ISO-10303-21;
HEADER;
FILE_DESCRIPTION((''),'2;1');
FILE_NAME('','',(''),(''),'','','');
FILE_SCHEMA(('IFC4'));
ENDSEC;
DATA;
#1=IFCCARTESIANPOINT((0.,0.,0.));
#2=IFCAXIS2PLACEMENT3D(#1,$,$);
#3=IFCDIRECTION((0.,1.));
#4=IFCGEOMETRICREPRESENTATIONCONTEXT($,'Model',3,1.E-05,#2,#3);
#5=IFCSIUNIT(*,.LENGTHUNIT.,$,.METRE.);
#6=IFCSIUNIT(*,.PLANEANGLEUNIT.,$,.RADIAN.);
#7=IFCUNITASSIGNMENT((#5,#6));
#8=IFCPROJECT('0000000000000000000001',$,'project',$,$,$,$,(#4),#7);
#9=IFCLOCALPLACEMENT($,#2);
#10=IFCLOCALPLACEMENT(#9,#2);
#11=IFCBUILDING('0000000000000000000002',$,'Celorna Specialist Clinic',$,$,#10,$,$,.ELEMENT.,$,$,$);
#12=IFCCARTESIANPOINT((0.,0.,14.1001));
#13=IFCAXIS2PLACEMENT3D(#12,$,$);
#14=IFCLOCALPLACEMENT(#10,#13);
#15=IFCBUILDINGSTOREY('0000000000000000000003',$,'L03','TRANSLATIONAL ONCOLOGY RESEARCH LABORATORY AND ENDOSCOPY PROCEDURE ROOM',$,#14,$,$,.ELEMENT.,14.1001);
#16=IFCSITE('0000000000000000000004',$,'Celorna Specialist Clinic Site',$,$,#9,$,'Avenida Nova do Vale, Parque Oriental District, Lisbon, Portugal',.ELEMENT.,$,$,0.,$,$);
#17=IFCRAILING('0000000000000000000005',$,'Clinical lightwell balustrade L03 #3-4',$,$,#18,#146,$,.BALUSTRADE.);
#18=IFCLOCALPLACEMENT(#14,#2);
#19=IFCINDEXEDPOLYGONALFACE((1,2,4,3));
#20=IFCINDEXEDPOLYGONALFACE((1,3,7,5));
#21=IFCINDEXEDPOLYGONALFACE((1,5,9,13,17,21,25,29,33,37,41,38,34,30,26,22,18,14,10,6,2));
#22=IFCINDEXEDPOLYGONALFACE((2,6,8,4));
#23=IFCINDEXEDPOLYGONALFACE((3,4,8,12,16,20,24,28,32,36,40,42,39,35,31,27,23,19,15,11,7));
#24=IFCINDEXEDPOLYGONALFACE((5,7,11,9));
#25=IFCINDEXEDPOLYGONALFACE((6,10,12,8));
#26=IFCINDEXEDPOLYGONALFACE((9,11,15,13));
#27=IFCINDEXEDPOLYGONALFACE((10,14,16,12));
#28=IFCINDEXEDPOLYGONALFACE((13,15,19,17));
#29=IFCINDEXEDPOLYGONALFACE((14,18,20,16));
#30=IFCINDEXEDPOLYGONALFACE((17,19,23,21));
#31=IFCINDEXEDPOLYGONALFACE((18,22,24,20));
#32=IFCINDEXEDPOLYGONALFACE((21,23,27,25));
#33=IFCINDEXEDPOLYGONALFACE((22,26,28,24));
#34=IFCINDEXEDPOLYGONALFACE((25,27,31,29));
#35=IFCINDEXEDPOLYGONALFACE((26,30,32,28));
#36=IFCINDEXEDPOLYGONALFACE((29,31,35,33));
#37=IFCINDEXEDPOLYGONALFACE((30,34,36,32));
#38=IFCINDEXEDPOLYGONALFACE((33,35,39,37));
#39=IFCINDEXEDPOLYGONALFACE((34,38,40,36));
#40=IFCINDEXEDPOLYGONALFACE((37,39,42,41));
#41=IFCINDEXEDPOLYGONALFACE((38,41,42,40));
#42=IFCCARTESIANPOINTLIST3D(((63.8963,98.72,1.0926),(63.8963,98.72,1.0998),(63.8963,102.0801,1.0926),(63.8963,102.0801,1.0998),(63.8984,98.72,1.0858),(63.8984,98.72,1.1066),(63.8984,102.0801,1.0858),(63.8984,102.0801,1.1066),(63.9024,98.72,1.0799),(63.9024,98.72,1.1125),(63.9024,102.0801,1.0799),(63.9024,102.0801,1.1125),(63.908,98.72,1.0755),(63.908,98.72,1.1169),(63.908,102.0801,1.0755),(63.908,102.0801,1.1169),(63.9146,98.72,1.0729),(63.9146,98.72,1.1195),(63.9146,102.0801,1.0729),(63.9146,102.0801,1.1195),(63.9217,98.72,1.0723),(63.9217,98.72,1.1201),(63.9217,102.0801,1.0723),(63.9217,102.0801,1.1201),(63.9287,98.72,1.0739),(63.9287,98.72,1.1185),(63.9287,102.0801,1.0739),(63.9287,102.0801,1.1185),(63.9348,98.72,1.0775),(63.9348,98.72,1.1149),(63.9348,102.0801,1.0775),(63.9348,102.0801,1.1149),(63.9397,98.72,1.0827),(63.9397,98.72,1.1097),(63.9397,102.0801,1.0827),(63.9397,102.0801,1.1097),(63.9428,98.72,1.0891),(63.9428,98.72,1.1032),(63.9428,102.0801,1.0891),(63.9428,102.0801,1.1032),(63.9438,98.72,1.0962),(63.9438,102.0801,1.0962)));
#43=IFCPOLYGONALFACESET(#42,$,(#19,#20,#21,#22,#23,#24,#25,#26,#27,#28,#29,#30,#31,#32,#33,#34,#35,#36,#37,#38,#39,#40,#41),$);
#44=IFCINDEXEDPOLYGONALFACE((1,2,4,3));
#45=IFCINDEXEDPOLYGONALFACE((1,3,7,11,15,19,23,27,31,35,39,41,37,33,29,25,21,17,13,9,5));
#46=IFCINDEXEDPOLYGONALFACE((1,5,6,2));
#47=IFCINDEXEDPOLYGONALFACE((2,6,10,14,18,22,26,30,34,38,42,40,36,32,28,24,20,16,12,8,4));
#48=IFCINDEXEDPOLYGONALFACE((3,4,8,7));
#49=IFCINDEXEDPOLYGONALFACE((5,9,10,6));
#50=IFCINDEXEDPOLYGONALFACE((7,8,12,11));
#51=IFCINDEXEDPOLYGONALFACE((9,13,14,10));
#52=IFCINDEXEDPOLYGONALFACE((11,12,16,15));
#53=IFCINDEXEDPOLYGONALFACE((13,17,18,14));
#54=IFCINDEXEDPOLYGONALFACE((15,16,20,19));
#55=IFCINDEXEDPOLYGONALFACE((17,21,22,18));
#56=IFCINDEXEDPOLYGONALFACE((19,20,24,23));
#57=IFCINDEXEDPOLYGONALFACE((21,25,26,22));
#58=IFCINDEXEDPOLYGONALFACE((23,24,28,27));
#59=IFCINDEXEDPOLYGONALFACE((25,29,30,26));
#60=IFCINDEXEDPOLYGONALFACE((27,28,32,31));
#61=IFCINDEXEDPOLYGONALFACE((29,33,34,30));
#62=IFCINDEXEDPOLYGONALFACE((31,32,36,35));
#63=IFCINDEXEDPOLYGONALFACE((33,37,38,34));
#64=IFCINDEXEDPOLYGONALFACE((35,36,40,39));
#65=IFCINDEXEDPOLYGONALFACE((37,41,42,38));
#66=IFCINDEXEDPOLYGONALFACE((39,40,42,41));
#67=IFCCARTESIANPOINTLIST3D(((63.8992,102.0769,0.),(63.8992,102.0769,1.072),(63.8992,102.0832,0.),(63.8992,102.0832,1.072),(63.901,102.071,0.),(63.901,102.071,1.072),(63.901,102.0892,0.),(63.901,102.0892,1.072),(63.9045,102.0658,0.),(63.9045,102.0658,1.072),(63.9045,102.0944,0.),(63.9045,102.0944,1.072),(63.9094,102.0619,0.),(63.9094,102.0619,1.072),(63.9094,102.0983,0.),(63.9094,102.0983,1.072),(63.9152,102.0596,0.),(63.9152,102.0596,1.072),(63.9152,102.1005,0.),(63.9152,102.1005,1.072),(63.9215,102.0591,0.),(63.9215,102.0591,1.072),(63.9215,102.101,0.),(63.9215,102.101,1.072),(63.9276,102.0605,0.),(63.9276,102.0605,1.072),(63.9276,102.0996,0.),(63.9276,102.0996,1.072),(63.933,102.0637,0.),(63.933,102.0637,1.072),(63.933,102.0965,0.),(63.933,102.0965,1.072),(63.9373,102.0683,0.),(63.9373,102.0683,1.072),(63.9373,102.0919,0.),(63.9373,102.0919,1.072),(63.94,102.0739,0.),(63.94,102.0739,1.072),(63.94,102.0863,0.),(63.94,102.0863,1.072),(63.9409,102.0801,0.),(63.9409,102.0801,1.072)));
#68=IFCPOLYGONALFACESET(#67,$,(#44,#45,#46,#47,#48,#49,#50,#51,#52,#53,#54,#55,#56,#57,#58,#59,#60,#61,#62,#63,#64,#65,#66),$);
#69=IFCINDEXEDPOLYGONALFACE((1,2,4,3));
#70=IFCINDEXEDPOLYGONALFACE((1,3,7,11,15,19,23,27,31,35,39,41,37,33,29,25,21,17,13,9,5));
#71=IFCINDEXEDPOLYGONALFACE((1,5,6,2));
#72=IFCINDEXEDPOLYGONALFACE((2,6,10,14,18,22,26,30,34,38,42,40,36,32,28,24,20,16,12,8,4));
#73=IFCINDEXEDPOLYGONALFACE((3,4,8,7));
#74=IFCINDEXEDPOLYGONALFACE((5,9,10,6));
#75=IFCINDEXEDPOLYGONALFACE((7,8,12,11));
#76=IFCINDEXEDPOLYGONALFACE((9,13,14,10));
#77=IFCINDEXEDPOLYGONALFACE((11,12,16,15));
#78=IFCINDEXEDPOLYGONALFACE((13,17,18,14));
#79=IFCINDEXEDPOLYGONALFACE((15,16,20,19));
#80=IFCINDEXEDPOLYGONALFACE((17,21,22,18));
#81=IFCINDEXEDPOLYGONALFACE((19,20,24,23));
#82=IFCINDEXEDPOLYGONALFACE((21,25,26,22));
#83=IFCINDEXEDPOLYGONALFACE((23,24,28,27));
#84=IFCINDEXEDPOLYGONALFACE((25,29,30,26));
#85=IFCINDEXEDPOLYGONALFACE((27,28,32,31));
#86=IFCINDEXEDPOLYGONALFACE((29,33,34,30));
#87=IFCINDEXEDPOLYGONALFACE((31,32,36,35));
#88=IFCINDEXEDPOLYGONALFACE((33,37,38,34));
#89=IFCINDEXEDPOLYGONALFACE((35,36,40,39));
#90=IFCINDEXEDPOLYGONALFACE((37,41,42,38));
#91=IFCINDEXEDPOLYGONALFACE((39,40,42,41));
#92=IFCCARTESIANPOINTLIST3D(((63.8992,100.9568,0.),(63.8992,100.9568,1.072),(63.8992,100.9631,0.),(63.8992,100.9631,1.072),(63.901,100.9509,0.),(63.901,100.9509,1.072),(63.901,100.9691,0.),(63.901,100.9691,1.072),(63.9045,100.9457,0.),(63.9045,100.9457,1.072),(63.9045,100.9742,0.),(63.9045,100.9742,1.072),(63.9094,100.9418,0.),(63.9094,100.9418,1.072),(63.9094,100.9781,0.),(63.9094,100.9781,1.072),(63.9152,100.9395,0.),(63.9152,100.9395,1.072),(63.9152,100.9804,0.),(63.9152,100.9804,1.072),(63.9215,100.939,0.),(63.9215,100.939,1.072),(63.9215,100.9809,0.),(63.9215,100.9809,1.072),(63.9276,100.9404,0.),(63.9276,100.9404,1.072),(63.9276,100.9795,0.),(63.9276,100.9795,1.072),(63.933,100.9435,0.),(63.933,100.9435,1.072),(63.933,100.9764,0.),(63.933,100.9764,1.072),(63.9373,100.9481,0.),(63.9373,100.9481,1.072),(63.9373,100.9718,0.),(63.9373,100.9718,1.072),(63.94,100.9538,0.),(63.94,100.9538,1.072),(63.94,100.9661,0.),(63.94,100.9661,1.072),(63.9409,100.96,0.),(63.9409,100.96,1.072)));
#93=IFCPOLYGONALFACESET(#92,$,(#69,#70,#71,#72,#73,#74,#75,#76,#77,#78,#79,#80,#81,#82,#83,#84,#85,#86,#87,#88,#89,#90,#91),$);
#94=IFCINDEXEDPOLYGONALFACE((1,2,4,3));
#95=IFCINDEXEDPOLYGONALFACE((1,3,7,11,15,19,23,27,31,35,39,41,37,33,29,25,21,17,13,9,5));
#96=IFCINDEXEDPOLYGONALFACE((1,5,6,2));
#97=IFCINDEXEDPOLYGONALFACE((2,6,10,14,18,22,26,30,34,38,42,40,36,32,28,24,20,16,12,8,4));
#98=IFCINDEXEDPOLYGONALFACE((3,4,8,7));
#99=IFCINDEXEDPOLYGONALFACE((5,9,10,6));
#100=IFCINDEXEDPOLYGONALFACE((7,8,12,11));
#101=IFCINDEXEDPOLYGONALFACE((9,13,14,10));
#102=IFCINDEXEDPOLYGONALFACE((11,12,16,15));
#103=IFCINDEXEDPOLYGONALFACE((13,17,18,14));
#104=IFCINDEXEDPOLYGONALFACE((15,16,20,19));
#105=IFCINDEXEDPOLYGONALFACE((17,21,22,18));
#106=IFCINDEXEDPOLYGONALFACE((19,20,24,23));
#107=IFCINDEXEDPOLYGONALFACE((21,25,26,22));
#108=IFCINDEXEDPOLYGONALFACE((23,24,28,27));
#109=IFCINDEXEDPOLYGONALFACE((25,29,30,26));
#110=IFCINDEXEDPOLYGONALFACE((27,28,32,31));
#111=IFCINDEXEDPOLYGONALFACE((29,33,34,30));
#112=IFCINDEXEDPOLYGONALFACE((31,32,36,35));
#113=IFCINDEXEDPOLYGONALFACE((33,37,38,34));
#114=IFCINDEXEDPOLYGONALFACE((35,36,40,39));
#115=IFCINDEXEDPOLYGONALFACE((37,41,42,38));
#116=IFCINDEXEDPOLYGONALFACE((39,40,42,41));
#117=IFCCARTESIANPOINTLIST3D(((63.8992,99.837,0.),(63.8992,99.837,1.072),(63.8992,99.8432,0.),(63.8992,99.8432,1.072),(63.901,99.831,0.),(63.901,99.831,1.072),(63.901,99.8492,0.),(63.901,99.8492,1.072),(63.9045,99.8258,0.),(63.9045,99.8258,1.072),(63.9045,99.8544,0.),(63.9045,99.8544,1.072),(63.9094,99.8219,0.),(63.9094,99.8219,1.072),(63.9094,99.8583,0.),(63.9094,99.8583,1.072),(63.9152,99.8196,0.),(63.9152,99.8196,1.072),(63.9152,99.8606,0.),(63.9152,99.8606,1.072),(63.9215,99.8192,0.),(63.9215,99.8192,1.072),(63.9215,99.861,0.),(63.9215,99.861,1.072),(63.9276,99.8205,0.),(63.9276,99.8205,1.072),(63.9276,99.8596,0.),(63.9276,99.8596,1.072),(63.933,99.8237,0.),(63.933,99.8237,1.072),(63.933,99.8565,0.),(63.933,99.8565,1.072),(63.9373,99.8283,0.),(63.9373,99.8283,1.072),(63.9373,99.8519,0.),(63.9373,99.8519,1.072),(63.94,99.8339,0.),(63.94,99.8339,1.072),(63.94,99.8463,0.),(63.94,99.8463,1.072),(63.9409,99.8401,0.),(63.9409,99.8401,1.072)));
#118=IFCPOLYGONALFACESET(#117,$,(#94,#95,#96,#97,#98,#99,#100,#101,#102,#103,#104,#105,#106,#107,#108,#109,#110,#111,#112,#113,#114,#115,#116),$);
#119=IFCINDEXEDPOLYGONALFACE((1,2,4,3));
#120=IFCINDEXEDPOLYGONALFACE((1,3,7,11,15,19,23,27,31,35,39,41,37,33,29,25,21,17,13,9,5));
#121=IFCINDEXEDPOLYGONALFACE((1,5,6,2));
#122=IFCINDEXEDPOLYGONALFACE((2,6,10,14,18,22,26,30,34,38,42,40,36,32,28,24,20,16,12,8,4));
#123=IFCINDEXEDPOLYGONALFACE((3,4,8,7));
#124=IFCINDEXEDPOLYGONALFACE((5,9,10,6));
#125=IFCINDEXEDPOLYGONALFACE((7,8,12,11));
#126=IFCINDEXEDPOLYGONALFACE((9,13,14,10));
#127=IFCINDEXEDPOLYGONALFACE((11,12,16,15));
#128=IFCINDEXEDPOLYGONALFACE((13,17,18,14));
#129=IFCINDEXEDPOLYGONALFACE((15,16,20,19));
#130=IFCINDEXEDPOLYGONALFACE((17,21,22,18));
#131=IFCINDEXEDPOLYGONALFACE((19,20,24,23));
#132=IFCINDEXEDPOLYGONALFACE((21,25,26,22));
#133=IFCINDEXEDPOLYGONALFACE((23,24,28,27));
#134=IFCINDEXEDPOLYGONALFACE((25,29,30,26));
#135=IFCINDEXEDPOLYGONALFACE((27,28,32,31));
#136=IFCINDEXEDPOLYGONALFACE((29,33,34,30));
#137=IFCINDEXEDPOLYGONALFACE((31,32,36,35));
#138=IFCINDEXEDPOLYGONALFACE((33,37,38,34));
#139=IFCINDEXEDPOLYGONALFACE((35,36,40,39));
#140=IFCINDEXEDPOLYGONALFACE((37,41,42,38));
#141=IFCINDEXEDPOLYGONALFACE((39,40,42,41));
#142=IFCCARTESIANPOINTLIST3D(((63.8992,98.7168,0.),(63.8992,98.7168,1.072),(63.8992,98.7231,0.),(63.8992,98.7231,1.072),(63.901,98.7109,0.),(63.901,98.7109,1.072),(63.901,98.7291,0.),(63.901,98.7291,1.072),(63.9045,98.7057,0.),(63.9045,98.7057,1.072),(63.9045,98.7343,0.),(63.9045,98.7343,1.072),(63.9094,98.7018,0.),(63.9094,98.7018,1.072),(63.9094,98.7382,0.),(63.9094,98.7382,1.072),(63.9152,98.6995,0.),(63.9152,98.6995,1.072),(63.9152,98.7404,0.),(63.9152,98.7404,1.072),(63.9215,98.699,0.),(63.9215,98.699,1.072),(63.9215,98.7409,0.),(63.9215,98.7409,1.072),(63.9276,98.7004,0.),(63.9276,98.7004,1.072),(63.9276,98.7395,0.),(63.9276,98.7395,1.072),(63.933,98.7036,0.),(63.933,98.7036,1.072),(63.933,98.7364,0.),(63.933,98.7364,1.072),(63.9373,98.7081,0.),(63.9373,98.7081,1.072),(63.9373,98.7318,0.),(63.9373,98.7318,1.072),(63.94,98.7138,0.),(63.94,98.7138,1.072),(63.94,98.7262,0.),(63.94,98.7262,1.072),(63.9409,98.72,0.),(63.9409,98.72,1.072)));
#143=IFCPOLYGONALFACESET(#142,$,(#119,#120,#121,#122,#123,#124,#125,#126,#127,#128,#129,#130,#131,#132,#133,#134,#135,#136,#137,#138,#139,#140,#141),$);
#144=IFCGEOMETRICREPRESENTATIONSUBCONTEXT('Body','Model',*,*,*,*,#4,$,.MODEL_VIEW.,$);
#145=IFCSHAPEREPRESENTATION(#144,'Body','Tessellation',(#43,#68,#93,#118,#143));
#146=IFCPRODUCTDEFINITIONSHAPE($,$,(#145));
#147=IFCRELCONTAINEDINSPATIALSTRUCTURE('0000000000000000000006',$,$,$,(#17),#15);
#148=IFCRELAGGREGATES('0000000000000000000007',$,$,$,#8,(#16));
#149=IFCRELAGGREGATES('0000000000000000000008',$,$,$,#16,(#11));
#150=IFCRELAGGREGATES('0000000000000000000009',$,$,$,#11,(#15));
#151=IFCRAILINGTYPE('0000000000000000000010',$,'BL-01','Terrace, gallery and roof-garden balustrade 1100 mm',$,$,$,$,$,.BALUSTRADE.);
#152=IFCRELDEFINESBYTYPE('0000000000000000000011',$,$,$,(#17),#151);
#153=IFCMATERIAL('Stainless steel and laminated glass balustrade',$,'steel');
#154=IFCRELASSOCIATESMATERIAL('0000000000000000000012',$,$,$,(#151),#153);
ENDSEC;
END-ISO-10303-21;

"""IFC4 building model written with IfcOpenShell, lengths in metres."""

from ifc_helpers import new_model, si_unit, direction, frame, origin, origin_2d, place, context, subcontext, project, spatial, circle, extrude, material, type_object, element, save


model = new_model("IFC4")

# Units and contexts
model_context = context("Model", 3, precision=1e-05, world=origin(), true_north=direction((0.0, 1.0)))
body_context = subcontext(model_context, "Body", "Model", "MODEL_VIEW")
ifc_project = project(units=[si_unit("LENGTHUNIT", "METRE"), si_unit("PLANEANGLEUNIT", "RADIAN")], contexts=[model_context])

# Site, building, storey
site_placement = place(None, origin())
site = spatial("IfcSite", under=ifc_project, at=site_placement, Name="Celorna Specialist Clinic Site", LongName="Avenida Nova do Vale, Parque Oriental District, Lisbon, Portugal", CompositionType="ELEMENT", RefElevation=0.0)
building_placement = place(site_placement, origin())
building = spatial("IfcBuilding", under=site, at=building_placement, Name="Celorna Specialist Clinic", CompositionType="ELEMENT")
storey_placement = place(building_placement, frame((0.0, 0.0, 14.1001)))
storey = spatial("IfcBuildingStorey", under=building, at=storey_placement, Name="L03", Description="TRANSLATIONAL ONCOLOGY RESEARCH LABORATORY AND ENDOSCOPY PROCEDURE ROOM", CompositionType="ELEMENT", Elevation=14.1001)

# Railing
ifc_material_1 = material(Name="Stainless steel and laminated glass balustrade", Category="steel")
railing_type = type_object("IfcRailingType", Name="BL-01", Description="Terrace, gallery and roof-garden balustrade 1100 mm", PredefinedType="BALUSTRADE", material=ifc_material_1)
railing_1_placement = place(storey_placement, frame((63.9199, 102.0801, 0.0)))
element("IfcRailing", 1, at=railing_1_placement, inside=storey, type_object=railing_type, Name="Clinical lightwell balustrade L03 #3-4", PredefinedType="BALUSTRADE", context=body_context, shape_type="SweptSolid", body=[
    extrude(circle(Radius=0.0239, at=origin_2d()), frame((0.0, 0.0, 1.0962), z_axis=(0.0, -1.0, 0.0), x_axis=(1.0, 0.0, 0.0)), (0.0, 0.0, 1.0), 3.3601),
    extrude(circle(Radius=0.021, at=origin_2d()), origin(), (0.0, 0.0, 1.0), 1.072),
    extrude(circle(Radius=0.021, at=origin_2d()), frame((0.0, -1.1201, 0.0)), (0.0, 0.0, 1.0), 1.072),
    extrude(circle(Radius=0.021, at=origin_2d()), frame((0.0, -2.24, 0.0)), (0.0, 0.0, 1.0), 1.072),
    extrude(circle(Radius=0.021, at=origin_2d()), frame((0.0, -3.3601, 0.0)), (0.0, 0.0, 1.0), 1.072),
])

save(model, "model.ifc")
